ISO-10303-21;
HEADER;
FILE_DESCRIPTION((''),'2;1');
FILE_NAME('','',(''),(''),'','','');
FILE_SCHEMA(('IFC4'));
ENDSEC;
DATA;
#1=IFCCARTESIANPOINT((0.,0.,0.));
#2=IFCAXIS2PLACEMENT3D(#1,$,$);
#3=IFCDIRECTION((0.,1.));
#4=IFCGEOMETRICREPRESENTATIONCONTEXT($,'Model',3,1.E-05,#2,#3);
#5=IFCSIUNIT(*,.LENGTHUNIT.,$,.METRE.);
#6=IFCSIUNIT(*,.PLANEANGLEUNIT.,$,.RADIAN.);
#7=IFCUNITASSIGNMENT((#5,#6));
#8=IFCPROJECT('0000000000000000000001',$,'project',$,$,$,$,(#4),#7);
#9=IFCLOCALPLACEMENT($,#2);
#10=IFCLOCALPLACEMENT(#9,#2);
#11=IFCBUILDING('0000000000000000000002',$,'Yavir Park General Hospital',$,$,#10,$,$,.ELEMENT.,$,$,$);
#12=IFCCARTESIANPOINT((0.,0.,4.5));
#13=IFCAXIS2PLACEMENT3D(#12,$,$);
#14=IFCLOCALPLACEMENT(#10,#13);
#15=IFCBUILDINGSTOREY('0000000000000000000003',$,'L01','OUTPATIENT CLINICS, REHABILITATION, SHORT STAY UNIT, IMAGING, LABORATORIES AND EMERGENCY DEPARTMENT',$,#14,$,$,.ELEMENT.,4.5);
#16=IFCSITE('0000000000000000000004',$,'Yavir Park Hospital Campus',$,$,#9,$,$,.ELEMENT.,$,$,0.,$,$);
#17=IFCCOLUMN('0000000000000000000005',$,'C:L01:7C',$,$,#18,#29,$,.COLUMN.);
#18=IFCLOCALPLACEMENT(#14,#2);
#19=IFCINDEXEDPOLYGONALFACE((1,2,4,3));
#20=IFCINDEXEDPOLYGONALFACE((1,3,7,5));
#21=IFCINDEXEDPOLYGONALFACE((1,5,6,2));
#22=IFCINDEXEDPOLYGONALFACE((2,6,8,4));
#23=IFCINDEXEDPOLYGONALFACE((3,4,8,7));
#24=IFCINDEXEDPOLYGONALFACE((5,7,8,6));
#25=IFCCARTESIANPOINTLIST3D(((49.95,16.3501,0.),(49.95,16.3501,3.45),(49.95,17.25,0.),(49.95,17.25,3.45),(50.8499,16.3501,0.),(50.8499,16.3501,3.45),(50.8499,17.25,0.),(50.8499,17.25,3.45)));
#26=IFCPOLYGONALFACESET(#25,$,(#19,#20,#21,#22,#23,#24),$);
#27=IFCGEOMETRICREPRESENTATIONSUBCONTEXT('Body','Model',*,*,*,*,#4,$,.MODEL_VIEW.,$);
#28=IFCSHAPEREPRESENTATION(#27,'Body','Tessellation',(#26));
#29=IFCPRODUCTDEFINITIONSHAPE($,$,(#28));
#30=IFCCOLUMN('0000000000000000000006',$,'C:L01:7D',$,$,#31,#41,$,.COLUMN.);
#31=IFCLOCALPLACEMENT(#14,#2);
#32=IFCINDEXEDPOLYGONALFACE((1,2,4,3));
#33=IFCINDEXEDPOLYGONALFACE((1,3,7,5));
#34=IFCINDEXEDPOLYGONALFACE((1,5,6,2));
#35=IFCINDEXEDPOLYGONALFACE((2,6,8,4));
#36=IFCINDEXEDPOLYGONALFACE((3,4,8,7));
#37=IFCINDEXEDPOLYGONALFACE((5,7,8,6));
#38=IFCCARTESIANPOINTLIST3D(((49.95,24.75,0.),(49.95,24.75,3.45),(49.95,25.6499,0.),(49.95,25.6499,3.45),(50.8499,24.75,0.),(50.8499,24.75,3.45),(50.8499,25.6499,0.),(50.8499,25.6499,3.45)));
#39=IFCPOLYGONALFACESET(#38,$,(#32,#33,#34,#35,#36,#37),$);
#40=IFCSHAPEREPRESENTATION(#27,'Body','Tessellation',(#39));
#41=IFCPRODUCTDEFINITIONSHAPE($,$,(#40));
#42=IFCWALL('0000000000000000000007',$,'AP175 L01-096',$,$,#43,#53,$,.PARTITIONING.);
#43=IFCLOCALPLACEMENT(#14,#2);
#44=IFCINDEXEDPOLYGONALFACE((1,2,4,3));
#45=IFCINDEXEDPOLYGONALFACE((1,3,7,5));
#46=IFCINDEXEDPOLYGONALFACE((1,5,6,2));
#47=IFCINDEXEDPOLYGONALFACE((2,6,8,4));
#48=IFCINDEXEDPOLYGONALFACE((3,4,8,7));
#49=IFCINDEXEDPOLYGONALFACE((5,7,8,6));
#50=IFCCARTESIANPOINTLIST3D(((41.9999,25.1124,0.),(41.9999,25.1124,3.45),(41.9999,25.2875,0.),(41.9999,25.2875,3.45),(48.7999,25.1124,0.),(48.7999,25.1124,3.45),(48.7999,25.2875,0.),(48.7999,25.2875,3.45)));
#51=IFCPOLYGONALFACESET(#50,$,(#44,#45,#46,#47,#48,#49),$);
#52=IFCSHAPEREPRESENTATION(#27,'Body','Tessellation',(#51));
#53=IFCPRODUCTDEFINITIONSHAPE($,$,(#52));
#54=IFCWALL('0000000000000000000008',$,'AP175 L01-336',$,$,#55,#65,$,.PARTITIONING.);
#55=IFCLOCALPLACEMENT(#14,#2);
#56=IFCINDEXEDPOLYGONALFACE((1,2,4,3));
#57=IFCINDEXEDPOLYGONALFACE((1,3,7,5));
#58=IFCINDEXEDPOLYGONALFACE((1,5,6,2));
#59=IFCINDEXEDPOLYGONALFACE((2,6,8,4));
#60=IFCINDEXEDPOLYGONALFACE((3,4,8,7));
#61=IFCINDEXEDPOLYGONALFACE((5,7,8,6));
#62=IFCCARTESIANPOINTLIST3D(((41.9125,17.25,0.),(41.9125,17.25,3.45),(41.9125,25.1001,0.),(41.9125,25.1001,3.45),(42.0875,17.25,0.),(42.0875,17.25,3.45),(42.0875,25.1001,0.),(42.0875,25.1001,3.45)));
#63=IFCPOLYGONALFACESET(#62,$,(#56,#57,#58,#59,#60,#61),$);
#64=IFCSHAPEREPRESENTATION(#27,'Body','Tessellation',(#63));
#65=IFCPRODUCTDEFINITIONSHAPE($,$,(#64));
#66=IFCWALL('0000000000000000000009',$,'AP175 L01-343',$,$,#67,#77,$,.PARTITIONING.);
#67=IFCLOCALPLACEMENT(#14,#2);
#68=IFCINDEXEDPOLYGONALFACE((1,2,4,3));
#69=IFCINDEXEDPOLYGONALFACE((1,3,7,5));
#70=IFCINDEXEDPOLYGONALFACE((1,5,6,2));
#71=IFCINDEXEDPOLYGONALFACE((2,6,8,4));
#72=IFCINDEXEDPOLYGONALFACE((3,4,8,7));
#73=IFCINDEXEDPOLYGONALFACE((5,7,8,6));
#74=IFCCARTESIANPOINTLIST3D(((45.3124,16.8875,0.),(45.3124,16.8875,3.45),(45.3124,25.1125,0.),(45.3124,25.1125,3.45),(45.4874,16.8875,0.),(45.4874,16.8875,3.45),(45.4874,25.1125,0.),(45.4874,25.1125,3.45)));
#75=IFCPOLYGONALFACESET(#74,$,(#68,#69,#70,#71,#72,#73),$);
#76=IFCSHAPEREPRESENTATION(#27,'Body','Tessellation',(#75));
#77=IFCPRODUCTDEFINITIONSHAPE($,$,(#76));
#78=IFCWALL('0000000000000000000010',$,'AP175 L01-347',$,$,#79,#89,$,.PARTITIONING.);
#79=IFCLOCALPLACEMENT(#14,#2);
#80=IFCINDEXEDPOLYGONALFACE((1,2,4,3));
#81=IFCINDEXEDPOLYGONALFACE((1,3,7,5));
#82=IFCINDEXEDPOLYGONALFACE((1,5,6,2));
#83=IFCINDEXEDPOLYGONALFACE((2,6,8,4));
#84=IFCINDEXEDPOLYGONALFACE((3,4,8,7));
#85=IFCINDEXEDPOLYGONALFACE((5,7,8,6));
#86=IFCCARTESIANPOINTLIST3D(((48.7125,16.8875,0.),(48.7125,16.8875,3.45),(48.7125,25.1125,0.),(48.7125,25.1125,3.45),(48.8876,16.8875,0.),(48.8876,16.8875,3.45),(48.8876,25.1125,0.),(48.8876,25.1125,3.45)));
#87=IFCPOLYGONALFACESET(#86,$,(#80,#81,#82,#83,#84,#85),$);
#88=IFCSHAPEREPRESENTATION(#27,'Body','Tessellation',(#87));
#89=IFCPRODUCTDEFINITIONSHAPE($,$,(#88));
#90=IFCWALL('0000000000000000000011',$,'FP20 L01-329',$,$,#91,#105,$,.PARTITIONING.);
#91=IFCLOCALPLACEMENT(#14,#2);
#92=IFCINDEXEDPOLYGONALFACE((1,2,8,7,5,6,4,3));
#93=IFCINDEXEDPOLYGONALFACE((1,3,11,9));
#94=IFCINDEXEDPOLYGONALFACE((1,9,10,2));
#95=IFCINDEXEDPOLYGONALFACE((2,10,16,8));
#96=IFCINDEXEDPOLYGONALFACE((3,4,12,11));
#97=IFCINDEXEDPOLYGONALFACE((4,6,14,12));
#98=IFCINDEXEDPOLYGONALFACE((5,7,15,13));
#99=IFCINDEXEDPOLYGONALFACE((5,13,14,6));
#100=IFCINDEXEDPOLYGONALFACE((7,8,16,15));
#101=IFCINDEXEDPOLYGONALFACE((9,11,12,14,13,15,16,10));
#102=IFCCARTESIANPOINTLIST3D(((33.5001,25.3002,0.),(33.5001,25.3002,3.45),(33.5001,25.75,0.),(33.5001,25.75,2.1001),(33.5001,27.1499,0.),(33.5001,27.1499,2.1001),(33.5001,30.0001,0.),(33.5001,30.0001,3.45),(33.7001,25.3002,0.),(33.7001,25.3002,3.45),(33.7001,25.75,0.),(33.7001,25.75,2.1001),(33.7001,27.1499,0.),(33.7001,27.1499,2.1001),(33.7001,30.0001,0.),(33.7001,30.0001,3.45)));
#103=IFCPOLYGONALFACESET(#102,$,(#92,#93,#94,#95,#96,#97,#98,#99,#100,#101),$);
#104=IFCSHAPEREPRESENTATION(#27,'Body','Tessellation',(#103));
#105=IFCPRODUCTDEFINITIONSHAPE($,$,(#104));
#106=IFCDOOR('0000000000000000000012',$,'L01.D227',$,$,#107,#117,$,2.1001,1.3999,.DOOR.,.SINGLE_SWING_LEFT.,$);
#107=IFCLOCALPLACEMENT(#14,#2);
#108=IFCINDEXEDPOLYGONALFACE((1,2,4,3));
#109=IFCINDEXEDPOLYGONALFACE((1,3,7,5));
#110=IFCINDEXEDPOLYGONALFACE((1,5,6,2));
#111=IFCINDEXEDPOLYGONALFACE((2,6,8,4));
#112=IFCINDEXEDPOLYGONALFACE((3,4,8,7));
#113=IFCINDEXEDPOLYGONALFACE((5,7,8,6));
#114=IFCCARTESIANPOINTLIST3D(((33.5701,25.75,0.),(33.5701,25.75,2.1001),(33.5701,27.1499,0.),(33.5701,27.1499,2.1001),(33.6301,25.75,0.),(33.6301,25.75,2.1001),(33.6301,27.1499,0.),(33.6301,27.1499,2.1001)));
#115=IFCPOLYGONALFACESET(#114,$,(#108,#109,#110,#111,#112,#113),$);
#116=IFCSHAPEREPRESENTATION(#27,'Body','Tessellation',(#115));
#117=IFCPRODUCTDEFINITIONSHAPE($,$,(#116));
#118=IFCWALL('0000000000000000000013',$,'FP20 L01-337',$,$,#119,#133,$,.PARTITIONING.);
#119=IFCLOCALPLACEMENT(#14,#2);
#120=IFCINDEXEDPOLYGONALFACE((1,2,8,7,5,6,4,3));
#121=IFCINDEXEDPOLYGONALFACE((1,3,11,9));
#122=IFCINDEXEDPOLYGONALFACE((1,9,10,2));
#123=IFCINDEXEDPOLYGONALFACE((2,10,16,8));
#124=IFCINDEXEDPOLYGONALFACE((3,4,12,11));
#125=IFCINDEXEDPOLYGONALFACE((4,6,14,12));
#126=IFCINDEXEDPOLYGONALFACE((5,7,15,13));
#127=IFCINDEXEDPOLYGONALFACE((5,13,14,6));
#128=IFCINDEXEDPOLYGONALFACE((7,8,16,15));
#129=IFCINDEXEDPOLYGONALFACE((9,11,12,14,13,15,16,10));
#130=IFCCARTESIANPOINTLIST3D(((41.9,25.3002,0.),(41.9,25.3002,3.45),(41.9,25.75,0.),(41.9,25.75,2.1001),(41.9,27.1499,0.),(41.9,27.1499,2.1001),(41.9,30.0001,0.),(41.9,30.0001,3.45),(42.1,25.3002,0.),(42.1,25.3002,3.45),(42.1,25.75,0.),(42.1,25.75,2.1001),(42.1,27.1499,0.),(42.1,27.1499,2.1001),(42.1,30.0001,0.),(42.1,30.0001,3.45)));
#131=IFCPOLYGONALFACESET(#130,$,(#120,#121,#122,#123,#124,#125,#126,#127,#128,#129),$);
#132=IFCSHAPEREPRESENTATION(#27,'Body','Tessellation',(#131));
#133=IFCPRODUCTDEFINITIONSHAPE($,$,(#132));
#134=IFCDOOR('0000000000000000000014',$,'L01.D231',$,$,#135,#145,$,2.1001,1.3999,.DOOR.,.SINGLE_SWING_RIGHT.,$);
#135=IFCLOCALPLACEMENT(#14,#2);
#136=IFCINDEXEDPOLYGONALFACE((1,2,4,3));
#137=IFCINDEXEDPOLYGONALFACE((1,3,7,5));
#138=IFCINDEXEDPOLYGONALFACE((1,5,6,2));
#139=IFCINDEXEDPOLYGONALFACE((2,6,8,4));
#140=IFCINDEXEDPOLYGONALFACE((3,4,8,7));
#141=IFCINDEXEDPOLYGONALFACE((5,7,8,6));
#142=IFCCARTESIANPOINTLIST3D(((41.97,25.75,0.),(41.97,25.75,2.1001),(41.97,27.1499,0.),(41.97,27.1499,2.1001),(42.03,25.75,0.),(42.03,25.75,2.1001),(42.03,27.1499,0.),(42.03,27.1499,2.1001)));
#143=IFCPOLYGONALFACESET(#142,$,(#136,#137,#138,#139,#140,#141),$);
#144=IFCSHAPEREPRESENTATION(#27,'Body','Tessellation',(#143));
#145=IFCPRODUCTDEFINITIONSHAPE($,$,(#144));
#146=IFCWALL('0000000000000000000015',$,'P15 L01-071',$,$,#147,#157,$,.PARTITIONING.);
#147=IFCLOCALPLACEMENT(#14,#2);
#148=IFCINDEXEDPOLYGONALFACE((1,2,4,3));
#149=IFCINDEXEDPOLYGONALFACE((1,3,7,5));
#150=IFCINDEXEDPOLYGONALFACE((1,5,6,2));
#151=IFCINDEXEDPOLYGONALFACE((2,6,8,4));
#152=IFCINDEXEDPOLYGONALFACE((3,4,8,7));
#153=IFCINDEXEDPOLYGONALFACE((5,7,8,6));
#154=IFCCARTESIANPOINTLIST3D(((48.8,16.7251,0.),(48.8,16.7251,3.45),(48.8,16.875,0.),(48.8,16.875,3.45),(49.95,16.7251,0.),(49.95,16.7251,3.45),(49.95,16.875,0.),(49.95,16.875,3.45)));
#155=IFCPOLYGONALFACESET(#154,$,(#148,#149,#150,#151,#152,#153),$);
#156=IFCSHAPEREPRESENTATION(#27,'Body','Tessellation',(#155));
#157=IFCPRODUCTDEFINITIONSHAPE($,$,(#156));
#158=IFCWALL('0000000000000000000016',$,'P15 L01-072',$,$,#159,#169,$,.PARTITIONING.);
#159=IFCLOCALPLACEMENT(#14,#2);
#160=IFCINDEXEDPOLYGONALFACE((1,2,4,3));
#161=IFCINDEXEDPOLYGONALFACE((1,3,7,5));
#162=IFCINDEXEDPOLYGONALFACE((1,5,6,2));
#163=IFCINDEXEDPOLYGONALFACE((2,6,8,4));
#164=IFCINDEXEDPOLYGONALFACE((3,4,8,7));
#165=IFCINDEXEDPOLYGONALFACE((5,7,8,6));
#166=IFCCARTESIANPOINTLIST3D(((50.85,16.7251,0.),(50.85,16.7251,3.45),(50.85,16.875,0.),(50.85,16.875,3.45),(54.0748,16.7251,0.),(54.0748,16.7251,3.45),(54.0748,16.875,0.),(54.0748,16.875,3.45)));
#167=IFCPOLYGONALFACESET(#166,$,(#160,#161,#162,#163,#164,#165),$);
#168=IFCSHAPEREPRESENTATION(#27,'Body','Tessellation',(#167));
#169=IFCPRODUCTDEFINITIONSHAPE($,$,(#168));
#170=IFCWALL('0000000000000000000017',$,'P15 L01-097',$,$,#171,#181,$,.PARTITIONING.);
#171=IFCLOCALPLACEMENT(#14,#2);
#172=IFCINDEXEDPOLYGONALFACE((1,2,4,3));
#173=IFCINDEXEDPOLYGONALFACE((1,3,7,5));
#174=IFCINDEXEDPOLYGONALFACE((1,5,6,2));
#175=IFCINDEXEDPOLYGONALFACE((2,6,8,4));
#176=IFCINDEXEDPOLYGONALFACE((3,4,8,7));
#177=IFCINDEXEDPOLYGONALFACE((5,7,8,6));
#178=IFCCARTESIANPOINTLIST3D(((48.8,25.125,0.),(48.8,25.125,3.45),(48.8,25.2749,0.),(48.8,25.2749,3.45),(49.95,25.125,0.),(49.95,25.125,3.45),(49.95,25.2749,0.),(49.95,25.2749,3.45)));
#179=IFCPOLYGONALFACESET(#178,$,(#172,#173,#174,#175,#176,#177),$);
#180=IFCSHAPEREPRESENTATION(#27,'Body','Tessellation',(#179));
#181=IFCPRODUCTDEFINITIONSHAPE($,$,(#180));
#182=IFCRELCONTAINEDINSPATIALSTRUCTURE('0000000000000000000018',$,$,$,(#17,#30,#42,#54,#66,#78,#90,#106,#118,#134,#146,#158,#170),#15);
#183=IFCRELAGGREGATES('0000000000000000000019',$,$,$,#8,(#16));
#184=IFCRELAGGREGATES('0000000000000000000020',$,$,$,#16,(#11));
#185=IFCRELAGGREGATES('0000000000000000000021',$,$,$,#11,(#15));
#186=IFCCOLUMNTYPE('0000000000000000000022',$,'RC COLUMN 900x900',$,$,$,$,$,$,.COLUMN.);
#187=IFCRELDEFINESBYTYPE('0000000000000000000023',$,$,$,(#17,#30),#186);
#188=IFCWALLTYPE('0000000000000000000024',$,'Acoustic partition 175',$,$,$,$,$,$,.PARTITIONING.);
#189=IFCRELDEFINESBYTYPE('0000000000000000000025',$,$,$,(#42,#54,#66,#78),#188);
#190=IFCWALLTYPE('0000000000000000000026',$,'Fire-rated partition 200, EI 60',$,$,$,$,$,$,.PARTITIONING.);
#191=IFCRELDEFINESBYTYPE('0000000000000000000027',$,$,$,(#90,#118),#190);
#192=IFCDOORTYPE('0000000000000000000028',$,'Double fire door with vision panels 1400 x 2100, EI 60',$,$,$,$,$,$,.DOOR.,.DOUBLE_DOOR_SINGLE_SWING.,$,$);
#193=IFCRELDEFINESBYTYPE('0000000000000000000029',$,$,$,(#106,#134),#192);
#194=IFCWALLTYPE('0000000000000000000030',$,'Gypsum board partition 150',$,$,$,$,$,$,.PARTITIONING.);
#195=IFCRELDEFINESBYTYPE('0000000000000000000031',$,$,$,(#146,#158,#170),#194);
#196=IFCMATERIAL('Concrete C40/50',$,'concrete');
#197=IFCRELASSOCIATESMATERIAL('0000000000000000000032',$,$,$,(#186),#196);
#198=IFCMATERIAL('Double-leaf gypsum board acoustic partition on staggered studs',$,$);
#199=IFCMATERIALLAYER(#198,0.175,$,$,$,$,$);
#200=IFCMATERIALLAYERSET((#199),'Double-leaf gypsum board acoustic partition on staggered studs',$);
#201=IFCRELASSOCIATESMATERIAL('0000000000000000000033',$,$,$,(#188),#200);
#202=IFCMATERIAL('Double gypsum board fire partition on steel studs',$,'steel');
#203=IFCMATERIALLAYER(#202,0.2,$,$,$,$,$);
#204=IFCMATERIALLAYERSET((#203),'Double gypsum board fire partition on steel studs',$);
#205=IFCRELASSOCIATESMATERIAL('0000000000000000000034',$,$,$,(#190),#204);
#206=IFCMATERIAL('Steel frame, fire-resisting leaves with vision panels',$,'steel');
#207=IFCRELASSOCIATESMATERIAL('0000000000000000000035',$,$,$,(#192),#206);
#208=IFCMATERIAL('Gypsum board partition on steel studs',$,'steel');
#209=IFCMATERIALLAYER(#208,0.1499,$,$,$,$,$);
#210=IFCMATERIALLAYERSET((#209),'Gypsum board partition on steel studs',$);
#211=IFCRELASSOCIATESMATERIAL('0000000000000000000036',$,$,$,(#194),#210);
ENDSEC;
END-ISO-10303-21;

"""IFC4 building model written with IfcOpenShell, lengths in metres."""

from ifc_helpers import new_model, si_unit, direction, frame, frame_2d, origin, origin_2d, place, context, subcontext, project, spatial, rectangle, extrude, material, layer, layer_set, material_profile, profile_set, type_object, element, fill, save


model = new_model("IFC4")

# Units and contexts
model_context = context("Model", 3, precision=1e-05, world=origin(), true_north=direction((0.0, 1.0)))
body_context = subcontext(model_context, "Body", "Model", "MODEL_VIEW")
ifc_project = project(units=[si_unit("LENGTHUNIT", "METRE"), si_unit("PLANEANGLEUNIT", "RADIAN")], contexts=[model_context])

# Site, building, storey
site_placement = place(None, origin())
site = spatial("IfcSite", under=ifc_project, at=site_placement, Name="Yavir Park Hospital Campus", CompositionType="ELEMENT", RefElevation=0.0)
building_placement = place(site_placement, origin())
building = spatial("IfcBuilding", under=site, at=building_placement, Name="Yavir Park General Hospital", CompositionType="ELEMENT")
storey_placement = place(building_placement, frame((0.0, 0.0, 4.5)))
storey = spatial("IfcBuildingStorey", under=building, at=storey_placement, Name="L01", Description="OUTPATIENT CLINICS, REHABILITATION, SHORT STAY UNIT, IMAGING, LABORATORIES AND EMERGENCY DEPARTMENT", CompositionType="ELEMENT", Elevation=4.5)

# Columns
ifc_material_1 = material(Name="Concrete C40/50", Category="concrete")
ifc_material_profile = material_profile(ifc_material_1, rectangle(XDim=0.8999, YDim=0.8999, at=origin_2d()), Name="RC900x900")
ifc_profile_set = profile_set([ifc_material_profile], Name="Concrete C40/50")
column_type = type_object("IfcColumnType", Name="RC COLUMN 900x900", PredefinedType="COLUMN", material=ifc_profile_set)
for number, where, z_axis, x_axis, name in (
    (1, (50.3999, 16.8, 0.0), (0.0, 0.0, 1.0), (1.0, 0.0, 0.0), "C:L01:7C"),
    (2, (50.3999, 25.2, 0.0), (0.0, 0.0, 1.0), (1.0, 0.0, 0.0), "C:L01:7D"),
):
    element("IfcColumn", number, at=place(storey_placement, frame(where, z_axis=z_axis, x_axis=x_axis)), inside=storey, type_object=column_type, Name=name, PredefinedType="COLUMN", context=body_context, shape_type="SweptSolid", body=[
        extrude(rectangle(XDim=0.8999, YDim=0.8999, at=origin_2d()), origin(), (0.0, 0.0, 1.0), 3.45),
    ])

# Walls
ifc_material_2 = material(Name="Double-leaf gypsum board acoustic partition on staggered studs")
ifc_layer_1 = layer(ifc_material_2, 0.175)
ifc_layer_set_1 = layer_set([ifc_layer_1], Name="Double-leaf gypsum board acoustic partition on staggered studs")
wall_type_1 = type_object("IfcWallType", Name="Acoustic partition 175", PredefinedType="PARTITIONING", material=ifc_layer_set_1)
wall_1_placement = place(storey_placement, frame((42.0, 25.2, 0.0), z_axis=(0.0, 0.0, 1.0), x_axis=(1.0, 0.0, 0.0)))
element("IfcWall", 3, at=wall_1_placement, inside=storey, type_object=wall_type_1, Name="AP175 L01-096", PredefinedType="PARTITIONING", context=body_context, shape_type="SweptSolid", body=[
    extrude(rectangle(XDim=6.8, YDim=0.175, at=frame_2d((3.3999, 0.0))), origin(), (0.0, 0.0, 1.0), 3.45),
])
wall_2_placement = place(storey_placement, frame((42.0, 17.25, 0.0), z_axis=(0.0, 0.0, 1.0), x_axis=(0.0, 1.0, 0.0)))
element("IfcWall", 4, at=wall_2_placement, inside=storey, type_object=wall_type_1, Name="AP175 L01-336", PredefinedType="PARTITIONING", context=body_context, shape_type="SweptSolid", body=[
    extrude(rectangle(XDim=7.8501, YDim=0.175, at=frame_2d((3.925, 0.0))), origin(), (0.0, 0.0, 1.0), 3.45),
])
for number, where, z_axis, x_axis, name in (
    (5, (45.3999, 16.8875, 0.0), (0.0, 0.0, 1.0), (0.0, 1.0, 0.0), "AP175 L01-343"),
    (6, (48.8, 16.8875, 0.0), (0.0, 0.0, 1.0), (0.0, 1.0, 0.0), "AP175 L01-347"),
):
    element("IfcWall", number, at=place(storey_placement, frame(where, z_axis=z_axis, x_axis=x_axis)), inside=storey, type_object=wall_type_1, Name=name, PredefinedType="PARTITIONING", context=body_context, shape_type="SweptSolid", body=[
        extrude(rectangle(XDim=8.2251, YDim=0.175, at=frame_2d((4.1125, 0.0))), origin(), (0.0, 0.0, 1.0), 3.45),
    ])

# Walls, openings, doors
ifc_material_3 = material(Name="Double gypsum board fire partition on steel studs", Category="steel")
ifc_layer_2 = layer(ifc_material_3, 0.2)
ifc_layer_set_2 = layer_set([ifc_layer_2], Name="Double gypsum board fire partition on steel studs")
wall_type_2 = type_object("IfcWallType", Name="Fire-rated partition 200, EI 60", PredefinedType="PARTITIONING", material=ifc_layer_set_2)
wall_3_placement = place(storey_placement, frame((33.6001, 25.3, 0.0), z_axis=(0.0, 0.0, 1.0), x_axis=(0.0, 1.0, 0.0)))
wall_3 = element("IfcWall", 7, at=wall_3_placement, inside=storey, type_object=wall_type_2, Name="FP20 L01-329", PredefinedType="PARTITIONING", context=body_context, shape_type="SweptSolid", body=[
    extrude(rectangle(XDim=4.7, YDim=0.2, at=frame_2d((2.3501, 0.0))), origin(), (0.0, 0.0, 1.0), 3.45),
])
opening_1_placement = place(wall_3_placement, frame((0.45, 0.0, 0.0)))
opening_1 = element("IfcOpeningElement", 8, at=opening_1_placement, cuts=wall_3, PredefinedType="OPENING", context=body_context, shape_type="SweptSolid", body=[
    extrude(rectangle(XDim=1.3999, YDim=2.1001, at=frame_2d((0.7, 1.05))), frame((0.0, 0.1099, 0.0), z_axis=(0.0, -1.0, 0.0), x_axis=(1.0, 0.0, 0.0)), (0.0, 0.0, 1.0), 0.22),
])
ifc_material_4 = material(Name="Steel frame, fire-resisting leaves with vision panels", Category="steel")
door_type_1 = type_object("IfcDoorType", Name="Double fire door with vision panels 1400 x 2100, EI 60", OperationType="DOUBLE_DOOR_SINGLE_SWING", PredefinedType="DOOR", material=ifc_material_4)
door_1_placement = place(opening_1_placement, origin())
door_1 = element("IfcDoor", 9, at=door_1_placement, inside=storey, type_object=door_type_1, Name="L01.D227", OperationType="SINGLE_SWING_LEFT", OverallHeight=2.1001, OverallWidth=1.3999, PredefinedType="DOOR", context=body_context, shape_type="SweptSolid", body=[
    extrude(rectangle(XDim=1.3999, YDim=2.1001, at=frame_2d((0.7, 1.05))), frame((0.0, 0.03, 0.0), z_axis=(0.0, -1.0, 0.0), x_axis=(1.0, 0.0, 0.0)), (0.0, 0.0, 1.0), 0.0601),
])
fill(opening_1, door_1)
wall_4_placement = place(storey_placement, frame((42.0, 25.3, 0.0), z_axis=(0.0, 0.0, 1.0), x_axis=(0.0, 1.0, 0.0)))
wall_4 = element("IfcWall", 10, at=wall_4_placement, inside=storey, type_object=wall_type_2, Name="FP20 L01-337", PredefinedType="PARTITIONING", context=body_context, shape_type="SweptSolid", body=[
    extrude(rectangle(XDim=4.7, YDim=0.2, at=frame_2d((2.3501, 0.0))), origin(), (0.0, 0.0, 1.0), 3.45),
])
opening_2_placement = place(wall_4_placement, frame((0.45, 0.0, 0.0)))
opening_2 = element("IfcOpeningElement", 11, at=opening_2_placement, cuts=wall_4, PredefinedType="OPENING", context=body_context, shape_type="SweptSolid", body=[
    extrude(rectangle(XDim=1.3999, YDim=2.1001, at=frame_2d((0.7, 1.05))), frame((0.0, 0.1099, 0.0), z_axis=(0.0, -1.0, 0.0), x_axis=(1.0, 0.0, 0.0)), (0.0, 0.0, 1.0), 0.22),
])
door_2_placement = place(opening_2_placement, origin())
door_2 = element("IfcDoor", 12, at=door_2_placement, inside=storey, type_object=door_type_1, Name="L01.D231", OperationType="SINGLE_SWING_RIGHT", OverallHeight=2.1001, OverallWidth=1.3999, PredefinedType="DOOR", context=body_context, shape_type="SweptSolid", body=[
    extrude(rectangle(XDim=1.3999, YDim=2.1001, at=frame_2d((0.7, 1.05))), frame((0.0, 0.03, 0.0), z_axis=(0.0, -1.0, 0.0), x_axis=(1.0, 0.0, 0.0)), (0.0, 0.0, 1.0), 0.0601),
])
fill(opening_2, door_2)

# Walls
ifc_material_5 = material(Name="Gypsum board partition on steel studs", Category="steel")
ifc_layer_3 = layer(ifc_material_5, 0.1499)
ifc_layer_set_3 = layer_set([ifc_layer_3], Name="Gypsum board partition on steel studs")
wall_type_3 = type_object("IfcWallType", Name="Gypsum board partition 150", PredefinedType="PARTITIONING", material=ifc_layer_set_3)
wall_5_placement = place(storey_placement, frame((48.8, 16.8, 0.0), z_axis=(0.0, 0.0, 1.0), x_axis=(1.0, 0.0, 0.0)))
element("IfcWall", 13, at=wall_5_placement, inside=storey, type_object=wall_type_3, Name="P15 L01-071", PredefinedType="PARTITIONING", context=body_context, shape_type="SweptSolid", body=[
    extrude(rectangle(XDim=1.1499, YDim=0.1499, at=frame_2d((0.575, 0.0))), origin(), (0.0, 0.0, 1.0), 3.45),
])
wall_6_placement = place(storey_placement, frame((50.8501, 16.8, 0.0), z_axis=(0.0, 0.0, 1.0), x_axis=(1.0, 0.0, 0.0)))
element("IfcWall", 14, at=wall_6_placement, inside=storey, type_object=wall_type_3, Name="P15 L01-072", PredefinedType="PARTITIONING", context=body_context, shape_type="SweptSolid", body=[
    extrude(rectangle(XDim=3.2249, YDim=0.1499, at=frame_2d((1.6123, 0.0))), origin(), (0.0, 0.0, 1.0), 3.45),
])
wall_7_placement = place(storey_placement, frame((48.8, 25.2, 0.0), z_axis=(0.0, 0.0, 1.0), x_axis=(1.0, 0.0, 0.0)))
element("IfcWall", 15, at=wall_7_placement, inside=storey, type_object=wall_type_3, Name="P15 L01-097", PredefinedType="PARTITIONING", context=body_context, shape_type="SweptSolid", body=[
    extrude(rectangle(XDim=1.1499, YDim=0.1499, at=frame_2d((0.575, 0.0))), origin(), (0.0, 0.0, 1.0), 3.45),
])

save(model, "model.ifc")
